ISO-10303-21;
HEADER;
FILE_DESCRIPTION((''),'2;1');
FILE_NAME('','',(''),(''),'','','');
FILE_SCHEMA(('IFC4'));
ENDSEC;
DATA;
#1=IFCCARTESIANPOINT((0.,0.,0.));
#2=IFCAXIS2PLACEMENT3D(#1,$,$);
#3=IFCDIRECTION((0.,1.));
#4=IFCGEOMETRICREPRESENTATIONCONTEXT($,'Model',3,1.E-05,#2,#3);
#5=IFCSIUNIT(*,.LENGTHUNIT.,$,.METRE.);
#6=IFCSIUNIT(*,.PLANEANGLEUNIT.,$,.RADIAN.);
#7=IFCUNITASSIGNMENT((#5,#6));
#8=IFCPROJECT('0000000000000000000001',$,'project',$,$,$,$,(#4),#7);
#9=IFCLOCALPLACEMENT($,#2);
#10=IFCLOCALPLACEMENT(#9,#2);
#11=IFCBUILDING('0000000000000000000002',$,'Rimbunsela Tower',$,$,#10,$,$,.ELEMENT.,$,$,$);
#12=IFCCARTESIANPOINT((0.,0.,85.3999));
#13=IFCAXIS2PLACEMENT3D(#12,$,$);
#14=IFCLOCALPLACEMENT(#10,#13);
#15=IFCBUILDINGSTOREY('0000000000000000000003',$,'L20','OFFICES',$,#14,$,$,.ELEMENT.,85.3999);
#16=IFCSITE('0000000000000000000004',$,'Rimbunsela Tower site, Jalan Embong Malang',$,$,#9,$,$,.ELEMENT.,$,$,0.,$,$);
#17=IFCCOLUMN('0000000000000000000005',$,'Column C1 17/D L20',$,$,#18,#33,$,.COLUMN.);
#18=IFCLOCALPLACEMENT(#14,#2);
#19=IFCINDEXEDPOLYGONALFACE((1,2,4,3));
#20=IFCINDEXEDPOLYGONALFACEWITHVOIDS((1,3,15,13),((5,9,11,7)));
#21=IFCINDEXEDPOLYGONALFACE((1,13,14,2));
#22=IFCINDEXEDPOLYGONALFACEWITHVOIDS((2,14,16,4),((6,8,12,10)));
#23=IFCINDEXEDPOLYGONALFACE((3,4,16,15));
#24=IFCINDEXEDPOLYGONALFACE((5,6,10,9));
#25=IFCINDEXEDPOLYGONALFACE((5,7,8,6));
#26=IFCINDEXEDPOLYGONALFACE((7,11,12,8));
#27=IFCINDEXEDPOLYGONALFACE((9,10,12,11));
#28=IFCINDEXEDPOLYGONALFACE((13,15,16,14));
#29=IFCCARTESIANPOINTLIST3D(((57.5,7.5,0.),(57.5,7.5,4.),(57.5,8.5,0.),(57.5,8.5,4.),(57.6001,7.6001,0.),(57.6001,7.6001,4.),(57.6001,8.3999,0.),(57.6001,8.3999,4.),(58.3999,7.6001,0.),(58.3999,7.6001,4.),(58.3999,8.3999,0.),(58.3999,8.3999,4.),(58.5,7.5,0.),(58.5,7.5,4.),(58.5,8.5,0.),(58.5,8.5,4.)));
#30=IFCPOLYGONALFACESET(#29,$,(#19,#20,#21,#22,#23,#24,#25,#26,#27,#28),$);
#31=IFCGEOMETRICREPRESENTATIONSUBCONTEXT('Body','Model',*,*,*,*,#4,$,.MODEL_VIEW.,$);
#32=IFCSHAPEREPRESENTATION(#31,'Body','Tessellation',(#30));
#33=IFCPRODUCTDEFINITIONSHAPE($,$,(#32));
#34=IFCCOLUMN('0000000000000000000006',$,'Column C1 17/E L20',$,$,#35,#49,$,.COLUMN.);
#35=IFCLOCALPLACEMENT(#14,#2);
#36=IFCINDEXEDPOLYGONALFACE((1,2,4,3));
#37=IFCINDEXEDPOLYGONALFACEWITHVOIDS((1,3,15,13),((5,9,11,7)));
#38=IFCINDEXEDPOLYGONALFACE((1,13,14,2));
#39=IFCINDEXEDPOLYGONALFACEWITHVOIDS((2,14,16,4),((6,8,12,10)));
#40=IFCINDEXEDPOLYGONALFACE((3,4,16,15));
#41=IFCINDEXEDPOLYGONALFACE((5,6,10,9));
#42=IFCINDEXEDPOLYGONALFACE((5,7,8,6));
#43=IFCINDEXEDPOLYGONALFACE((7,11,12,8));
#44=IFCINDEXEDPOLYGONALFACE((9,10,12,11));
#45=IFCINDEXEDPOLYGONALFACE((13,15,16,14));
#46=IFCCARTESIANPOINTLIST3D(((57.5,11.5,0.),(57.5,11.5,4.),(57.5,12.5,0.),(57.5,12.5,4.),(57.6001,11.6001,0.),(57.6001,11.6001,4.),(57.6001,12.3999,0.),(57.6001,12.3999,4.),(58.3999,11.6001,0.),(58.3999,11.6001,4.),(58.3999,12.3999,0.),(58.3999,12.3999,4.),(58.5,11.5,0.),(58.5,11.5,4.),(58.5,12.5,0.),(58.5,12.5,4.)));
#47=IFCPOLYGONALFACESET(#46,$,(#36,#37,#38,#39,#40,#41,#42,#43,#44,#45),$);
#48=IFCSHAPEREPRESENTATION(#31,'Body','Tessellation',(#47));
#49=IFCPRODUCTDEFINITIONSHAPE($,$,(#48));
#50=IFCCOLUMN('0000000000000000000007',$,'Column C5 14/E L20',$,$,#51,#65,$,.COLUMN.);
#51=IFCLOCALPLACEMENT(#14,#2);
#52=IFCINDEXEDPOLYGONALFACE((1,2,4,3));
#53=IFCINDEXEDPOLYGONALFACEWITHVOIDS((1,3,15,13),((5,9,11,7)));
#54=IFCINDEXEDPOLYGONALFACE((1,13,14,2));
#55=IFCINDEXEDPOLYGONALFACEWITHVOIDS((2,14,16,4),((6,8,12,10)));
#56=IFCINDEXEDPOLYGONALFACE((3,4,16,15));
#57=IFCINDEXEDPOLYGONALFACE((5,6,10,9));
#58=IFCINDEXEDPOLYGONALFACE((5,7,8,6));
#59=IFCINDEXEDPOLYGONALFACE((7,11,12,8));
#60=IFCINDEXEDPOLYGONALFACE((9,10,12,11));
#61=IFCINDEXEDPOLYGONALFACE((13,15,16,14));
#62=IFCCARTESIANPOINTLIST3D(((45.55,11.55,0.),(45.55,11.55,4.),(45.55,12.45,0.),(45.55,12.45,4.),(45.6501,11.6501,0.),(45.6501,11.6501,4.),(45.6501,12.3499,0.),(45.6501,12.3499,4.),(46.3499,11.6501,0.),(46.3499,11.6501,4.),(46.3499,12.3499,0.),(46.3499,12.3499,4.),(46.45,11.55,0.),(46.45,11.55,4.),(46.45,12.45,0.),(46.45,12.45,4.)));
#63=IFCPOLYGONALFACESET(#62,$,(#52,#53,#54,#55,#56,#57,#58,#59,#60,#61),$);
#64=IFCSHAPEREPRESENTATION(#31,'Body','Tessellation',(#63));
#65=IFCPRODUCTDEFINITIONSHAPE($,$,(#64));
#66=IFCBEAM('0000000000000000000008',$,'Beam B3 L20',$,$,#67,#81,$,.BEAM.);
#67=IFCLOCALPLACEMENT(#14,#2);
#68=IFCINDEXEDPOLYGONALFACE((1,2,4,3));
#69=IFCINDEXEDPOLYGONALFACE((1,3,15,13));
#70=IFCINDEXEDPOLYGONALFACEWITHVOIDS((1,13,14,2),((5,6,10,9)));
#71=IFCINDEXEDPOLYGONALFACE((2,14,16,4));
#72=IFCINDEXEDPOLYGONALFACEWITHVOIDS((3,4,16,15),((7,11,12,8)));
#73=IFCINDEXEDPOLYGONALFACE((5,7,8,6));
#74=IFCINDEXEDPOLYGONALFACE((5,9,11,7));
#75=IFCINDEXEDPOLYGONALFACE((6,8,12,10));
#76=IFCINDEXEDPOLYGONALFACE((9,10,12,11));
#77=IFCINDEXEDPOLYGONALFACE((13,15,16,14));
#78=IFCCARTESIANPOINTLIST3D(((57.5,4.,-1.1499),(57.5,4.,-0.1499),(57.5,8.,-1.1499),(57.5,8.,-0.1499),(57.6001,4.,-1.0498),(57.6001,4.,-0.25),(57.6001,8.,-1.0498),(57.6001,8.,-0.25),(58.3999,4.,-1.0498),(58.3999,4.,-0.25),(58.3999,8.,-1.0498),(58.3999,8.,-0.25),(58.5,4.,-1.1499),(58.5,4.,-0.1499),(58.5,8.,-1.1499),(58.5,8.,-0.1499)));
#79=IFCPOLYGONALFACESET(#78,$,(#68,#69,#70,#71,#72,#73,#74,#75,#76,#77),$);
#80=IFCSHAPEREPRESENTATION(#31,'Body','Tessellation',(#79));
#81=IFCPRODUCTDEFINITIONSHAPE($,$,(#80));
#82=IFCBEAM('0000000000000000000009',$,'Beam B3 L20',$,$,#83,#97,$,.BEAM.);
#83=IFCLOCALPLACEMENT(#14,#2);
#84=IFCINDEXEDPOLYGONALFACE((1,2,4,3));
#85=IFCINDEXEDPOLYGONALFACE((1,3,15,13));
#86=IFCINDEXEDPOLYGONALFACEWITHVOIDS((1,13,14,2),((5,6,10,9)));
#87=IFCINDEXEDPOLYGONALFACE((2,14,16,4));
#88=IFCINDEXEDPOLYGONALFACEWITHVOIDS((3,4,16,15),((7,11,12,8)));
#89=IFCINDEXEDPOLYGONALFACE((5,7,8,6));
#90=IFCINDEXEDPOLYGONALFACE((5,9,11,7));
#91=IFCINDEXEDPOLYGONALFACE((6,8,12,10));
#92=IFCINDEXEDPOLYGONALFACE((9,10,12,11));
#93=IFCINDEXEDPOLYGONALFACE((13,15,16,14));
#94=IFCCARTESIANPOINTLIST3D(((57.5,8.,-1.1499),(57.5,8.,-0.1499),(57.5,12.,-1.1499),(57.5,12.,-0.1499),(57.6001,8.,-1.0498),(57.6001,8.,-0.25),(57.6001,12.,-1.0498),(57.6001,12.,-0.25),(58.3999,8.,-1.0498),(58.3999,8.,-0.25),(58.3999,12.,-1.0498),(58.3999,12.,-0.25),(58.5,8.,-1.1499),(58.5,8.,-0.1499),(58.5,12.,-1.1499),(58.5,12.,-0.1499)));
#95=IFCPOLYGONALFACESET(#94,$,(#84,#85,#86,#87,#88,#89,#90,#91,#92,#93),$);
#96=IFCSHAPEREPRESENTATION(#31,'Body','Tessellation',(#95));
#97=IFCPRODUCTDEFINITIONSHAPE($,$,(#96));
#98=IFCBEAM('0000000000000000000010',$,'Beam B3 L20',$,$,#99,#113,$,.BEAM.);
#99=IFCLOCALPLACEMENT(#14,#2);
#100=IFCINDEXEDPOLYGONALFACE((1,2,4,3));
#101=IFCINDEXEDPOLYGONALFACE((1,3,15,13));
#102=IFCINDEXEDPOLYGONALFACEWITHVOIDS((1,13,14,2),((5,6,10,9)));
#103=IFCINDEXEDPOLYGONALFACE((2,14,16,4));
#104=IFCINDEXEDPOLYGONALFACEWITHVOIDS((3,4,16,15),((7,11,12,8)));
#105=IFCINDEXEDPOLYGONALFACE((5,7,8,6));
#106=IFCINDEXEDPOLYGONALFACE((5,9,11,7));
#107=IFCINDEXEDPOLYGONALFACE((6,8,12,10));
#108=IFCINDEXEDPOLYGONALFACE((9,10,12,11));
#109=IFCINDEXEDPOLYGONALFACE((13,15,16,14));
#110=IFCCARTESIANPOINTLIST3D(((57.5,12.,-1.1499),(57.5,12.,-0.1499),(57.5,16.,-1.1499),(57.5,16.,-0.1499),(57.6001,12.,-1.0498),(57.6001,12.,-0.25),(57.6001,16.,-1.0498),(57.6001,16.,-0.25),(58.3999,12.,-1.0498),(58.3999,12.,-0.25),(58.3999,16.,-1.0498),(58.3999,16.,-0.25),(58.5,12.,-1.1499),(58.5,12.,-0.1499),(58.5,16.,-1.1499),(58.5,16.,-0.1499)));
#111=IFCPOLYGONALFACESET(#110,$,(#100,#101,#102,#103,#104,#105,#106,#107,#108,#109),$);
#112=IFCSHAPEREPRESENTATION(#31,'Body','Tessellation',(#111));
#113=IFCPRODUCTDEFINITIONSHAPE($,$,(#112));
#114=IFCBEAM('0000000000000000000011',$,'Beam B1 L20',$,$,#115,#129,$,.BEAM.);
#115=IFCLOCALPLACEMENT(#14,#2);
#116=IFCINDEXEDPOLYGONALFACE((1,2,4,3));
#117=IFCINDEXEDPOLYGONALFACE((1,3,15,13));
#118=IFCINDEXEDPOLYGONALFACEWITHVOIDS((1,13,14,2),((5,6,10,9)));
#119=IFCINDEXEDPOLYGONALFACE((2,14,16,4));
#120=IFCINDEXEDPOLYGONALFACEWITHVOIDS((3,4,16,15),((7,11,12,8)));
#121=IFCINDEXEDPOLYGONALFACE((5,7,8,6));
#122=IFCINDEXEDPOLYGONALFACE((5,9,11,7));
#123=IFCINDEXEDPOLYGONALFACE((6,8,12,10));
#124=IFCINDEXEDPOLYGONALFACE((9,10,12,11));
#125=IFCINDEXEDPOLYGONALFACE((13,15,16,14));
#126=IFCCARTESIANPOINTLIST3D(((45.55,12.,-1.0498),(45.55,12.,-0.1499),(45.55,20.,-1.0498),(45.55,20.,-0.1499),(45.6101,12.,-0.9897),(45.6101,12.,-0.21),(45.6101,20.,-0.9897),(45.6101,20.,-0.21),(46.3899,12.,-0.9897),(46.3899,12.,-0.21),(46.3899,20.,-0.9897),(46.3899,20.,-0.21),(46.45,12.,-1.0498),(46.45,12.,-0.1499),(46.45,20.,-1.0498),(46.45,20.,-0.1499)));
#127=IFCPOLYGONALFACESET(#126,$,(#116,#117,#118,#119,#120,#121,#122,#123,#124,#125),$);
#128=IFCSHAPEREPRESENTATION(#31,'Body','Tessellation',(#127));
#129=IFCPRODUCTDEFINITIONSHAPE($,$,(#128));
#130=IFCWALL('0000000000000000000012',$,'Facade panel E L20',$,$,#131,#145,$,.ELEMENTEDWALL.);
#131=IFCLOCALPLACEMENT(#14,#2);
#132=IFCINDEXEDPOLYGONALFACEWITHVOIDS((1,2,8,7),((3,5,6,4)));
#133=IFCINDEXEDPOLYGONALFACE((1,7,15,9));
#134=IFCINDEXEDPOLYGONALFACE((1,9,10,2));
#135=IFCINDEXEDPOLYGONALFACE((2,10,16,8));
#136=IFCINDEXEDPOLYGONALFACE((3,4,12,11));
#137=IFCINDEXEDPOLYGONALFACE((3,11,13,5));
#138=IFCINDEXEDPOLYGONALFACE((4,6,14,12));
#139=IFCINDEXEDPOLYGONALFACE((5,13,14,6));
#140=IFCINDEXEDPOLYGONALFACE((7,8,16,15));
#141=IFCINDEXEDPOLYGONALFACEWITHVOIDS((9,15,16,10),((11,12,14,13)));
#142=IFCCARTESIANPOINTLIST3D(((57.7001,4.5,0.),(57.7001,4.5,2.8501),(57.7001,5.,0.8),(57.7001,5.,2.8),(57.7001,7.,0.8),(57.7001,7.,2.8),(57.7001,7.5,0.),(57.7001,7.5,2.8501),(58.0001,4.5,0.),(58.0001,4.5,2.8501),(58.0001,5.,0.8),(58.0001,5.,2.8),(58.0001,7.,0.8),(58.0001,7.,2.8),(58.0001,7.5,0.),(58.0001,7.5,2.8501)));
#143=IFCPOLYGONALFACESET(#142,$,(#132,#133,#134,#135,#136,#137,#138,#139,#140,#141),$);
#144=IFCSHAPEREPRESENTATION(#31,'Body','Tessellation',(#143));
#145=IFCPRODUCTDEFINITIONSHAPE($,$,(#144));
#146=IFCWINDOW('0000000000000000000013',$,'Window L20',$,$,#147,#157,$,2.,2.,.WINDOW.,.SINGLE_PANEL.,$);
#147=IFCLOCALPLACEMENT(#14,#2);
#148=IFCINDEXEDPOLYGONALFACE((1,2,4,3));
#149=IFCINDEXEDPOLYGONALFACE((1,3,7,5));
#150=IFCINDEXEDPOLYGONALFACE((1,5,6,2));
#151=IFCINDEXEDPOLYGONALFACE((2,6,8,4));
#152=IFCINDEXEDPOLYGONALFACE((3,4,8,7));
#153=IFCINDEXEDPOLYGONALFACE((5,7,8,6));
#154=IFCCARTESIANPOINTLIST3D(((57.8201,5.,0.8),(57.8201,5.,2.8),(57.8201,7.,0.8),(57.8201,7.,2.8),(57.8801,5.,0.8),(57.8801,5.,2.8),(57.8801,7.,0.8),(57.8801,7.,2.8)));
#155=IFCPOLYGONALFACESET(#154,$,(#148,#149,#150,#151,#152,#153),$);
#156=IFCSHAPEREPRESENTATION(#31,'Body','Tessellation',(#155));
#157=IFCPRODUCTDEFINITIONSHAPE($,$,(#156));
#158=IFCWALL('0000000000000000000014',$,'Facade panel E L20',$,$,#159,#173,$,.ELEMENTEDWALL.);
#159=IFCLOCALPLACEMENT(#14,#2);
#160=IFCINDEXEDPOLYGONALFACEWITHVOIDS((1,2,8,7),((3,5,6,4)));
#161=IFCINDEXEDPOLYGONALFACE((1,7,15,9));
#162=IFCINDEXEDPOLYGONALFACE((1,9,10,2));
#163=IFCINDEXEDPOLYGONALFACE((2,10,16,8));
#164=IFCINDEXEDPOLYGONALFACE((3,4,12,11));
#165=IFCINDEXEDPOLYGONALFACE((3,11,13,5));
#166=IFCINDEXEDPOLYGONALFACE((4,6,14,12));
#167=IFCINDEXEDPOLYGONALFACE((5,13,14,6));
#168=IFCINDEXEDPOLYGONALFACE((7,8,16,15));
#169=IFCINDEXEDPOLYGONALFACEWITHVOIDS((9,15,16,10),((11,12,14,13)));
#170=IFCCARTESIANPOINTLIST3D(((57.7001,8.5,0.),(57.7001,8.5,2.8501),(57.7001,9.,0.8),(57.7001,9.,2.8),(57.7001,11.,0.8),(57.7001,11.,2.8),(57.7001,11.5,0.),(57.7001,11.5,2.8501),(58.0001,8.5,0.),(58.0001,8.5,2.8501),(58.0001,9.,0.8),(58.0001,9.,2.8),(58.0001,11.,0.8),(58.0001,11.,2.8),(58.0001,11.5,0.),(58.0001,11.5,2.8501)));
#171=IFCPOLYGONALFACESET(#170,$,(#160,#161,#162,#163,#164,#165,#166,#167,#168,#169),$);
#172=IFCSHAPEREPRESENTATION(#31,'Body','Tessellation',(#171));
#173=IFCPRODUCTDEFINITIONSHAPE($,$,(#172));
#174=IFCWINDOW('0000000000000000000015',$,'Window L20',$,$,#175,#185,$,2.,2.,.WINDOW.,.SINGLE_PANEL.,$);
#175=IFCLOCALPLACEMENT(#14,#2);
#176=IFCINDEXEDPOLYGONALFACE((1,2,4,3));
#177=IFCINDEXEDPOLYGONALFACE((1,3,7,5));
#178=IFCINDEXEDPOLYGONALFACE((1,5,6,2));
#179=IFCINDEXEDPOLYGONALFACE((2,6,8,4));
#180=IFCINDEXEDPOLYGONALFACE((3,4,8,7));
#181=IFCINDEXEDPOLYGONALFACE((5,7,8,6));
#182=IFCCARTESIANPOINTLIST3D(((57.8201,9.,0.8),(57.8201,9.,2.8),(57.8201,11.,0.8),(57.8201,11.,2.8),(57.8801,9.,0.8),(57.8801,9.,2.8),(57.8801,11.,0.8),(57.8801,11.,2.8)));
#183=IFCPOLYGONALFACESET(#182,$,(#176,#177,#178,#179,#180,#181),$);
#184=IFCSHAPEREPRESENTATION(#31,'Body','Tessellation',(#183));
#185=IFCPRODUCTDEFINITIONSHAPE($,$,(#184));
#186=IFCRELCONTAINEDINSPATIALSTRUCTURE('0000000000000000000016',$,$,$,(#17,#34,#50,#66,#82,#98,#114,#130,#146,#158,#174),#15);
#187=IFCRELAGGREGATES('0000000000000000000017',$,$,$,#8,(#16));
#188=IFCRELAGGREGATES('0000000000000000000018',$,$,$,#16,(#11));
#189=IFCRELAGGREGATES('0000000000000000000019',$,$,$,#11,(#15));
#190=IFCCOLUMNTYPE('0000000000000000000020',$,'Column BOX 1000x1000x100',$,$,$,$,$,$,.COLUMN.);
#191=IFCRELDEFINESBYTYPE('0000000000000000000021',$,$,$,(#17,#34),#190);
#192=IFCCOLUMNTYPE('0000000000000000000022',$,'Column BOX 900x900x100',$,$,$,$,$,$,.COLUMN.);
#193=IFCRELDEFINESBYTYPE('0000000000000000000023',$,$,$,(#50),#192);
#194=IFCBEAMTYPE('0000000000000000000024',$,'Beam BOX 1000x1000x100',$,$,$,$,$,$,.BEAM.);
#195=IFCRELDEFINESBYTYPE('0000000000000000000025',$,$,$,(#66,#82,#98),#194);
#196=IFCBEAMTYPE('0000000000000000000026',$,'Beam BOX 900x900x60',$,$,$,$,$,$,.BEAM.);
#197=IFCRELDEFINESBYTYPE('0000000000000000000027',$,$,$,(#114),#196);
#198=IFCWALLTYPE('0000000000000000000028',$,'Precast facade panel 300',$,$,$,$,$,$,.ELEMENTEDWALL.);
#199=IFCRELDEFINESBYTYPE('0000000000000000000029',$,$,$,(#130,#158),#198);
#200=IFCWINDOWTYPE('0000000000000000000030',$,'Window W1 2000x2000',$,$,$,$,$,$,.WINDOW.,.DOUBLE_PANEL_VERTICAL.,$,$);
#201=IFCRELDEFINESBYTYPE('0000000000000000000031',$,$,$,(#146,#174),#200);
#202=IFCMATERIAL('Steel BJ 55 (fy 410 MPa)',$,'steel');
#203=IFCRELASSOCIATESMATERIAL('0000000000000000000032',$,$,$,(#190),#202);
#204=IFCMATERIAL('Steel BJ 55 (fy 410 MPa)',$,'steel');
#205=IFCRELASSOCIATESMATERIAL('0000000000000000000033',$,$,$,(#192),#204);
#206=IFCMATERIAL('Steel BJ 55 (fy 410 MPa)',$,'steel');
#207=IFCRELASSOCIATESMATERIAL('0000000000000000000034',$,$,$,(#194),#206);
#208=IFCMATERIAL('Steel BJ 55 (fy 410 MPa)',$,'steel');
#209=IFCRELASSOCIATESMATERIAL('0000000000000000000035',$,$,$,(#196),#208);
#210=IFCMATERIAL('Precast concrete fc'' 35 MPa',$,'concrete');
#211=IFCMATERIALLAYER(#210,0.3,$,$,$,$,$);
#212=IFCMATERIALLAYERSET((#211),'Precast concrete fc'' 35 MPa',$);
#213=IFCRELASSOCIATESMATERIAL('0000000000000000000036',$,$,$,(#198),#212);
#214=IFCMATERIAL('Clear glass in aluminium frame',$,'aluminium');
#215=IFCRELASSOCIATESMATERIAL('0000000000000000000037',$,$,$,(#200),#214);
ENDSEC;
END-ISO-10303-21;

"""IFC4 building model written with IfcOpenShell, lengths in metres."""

from ifc_helpers import new_model, si_unit, direction, frame, frame_2d, origin, origin_2d, place, context, subcontext, project, spatial, rectangle, hollow_rectangle, extrude, material, layer, layer_set, material_profile, profile_set, type_object, element, fill, save


model = new_model("IFC4")

# Units and contexts
model_context = context("Model", 3, precision=1e-05, world=origin(), true_north=direction((0.0, 1.0)))
body_context = subcontext(model_context, "Body", "Model", "MODEL_VIEW")
ifc_project = project(units=[si_unit("LENGTHUNIT", "METRE"), si_unit("PLANEANGLEUNIT", "RADIAN")], contexts=[model_context])

# Site, building, storey
site_placement = place(None, origin())
site = spatial("IfcSite", under=ifc_project, at=site_placement, Name="Rimbunsela Tower site, Jalan Embong Malang", CompositionType="ELEMENT", RefElevation=0.0)
building_placement = place(site_placement, origin())
building = spatial("IfcBuilding", under=site, at=building_placement, Name="Rimbunsela Tower", CompositionType="ELEMENT")
storey_placement = place(building_placement, frame((0.0, 0.0, 85.3999)))
storey = spatial("IfcBuildingStorey", under=building, at=storey_placement, Name="L20", Description="OFFICES", CompositionType="ELEMENT", Elevation=85.3999)

# Columns
ifc_material_1 = material(Name="Steel BJ 55 (fy 410 MPa)", Category="steel")
ifc_material_profile_1 = material_profile(ifc_material_1, hollow_rectangle(XDim=1.0, YDim=1.0, WallThickness=0.1001, at=origin_2d()), Name="BOX 1000x1000x100")
ifc_profile_set_1 = profile_set([ifc_material_profile_1], Name="Steel BJ 55 (fy 410 MPa)")
column_type_1 = type_object("IfcColumnType", Name="Column BOX 1000x1000x100", PredefinedType="COLUMN", material=ifc_profile_set_1)
for number, where, z_axis, x_axis, name in (
    (1, (58.0, 8.0, 0.0), (0.0, 0.0, 1.0), (1.0, 0.0, 0.0), "Column C1 17/D L20"),
    (2, (58.0, 12.0, 0.0), (0.0, 0.0, 1.0), (1.0, 0.0, 0.0), "Column C1 17/E L20"),
):
    element("IfcColumn", number, at=place(storey_placement, frame(where, z_axis=z_axis, x_axis=x_axis)), inside=storey, type_object=column_type_1, Name=name, PredefinedType="COLUMN", context=body_context, shape_type="SweptSolid", body=[
        extrude(hollow_rectangle(XDim=1.0, YDim=1.0, WallThickness=0.1001, at=origin_2d()), origin(), (0.0, 0.0, 1.0), 4.0),
    ])
ifc_material_2 = material(Name="Steel BJ 55 (fy 410 MPa)", Category="steel")
ifc_material_profile_2 = material_profile(ifc_material_2, hollow_rectangle(XDim=0.8999, YDim=0.8999, WallThickness=0.1001, at=origin_2d()), Name="BOX 900x900x100")
ifc_profile_set_2 = profile_set([ifc_material_profile_2], Name="Steel BJ 55 (fy 410 MPa)")
column_type_2 = type_object("IfcColumnType", Name="Column BOX 900x900x100", PredefinedType="COLUMN", material=ifc_profile_set_2)
column_placement = place(storey_placement, frame((46.0, 12.0, 0.0), z_axis=(0.0, 0.0, 1.0), x_axis=(1.0, 0.0, 0.0)))
element("IfcColumn", 3, at=column_placement, inside=storey, type_object=column_type_2, Name="Column C5 14/E L20", PredefinedType="COLUMN", context=body_context, shape_type="SweptSolid", body=[
    extrude(hollow_rectangle(XDim=0.8999, YDim=0.8999, WallThickness=0.1001, at=origin_2d()), origin(), (0.0, 0.0, 1.0), 4.0),
])

# Beams
ifc_material_3 = material(Name="Steel BJ 55 (fy 410 MPa)", Category="steel")
ifc_material_profile_3 = material_profile(ifc_material_3, hollow_rectangle(XDim=1.0, YDim=1.0, WallThickness=0.1001, at=origin_2d()), Name="BOX 1000x1000x100")
ifc_profile_set_3 = profile_set([ifc_material_profile_3], Name="Steel BJ 55 (fy 410 MPa)")
beam_type_1 = type_object("IfcBeamType", Name="Beam BOX 1000x1000x100", PredefinedType="BEAM", material=ifc_profile_set_3)
for number, where, z_axis, x_axis, name in (
    (4, (58.0, 4.0, -0.6499), (0.0, 1.0, 0.0), (-1.0, 0.0, 0.0), "Beam B3 L20"),
    (5, (58.0, 8.0, -0.6499), (0.0, 1.0, 0.0), (-1.0, 0.0, 0.0), "Beam B3 L20"),
    (6, (58.0, 12.0, -0.6499), (0.0, 1.0, 0.0), (-1.0, 0.0, 0.0), "Beam B3 L20"),
):
    element("IfcBeam", number, at=place(storey_placement, frame(where, z_axis=z_axis, x_axis=x_axis)), inside=storey, type_object=beam_type_1, Name=name, PredefinedType="BEAM", context=body_context, shape_type="SweptSolid", body=[
        extrude(hollow_rectangle(XDim=1.0, YDim=1.0, WallThickness=0.1001, at=origin_2d()), origin(), (0.0, 0.0, 1.0), 4.0),
    ])
ifc_material_4 = material(Name="Steel BJ 55 (fy 410 MPa)", Category="steel")
ifc_material_profile_4 = material_profile(ifc_material_4, hollow_rectangle(XDim=0.8999, YDim=0.8999, WallThickness=0.0601, at=origin_2d()), Name="BOX 900x900x60")
ifc_profile_set_4 = profile_set([ifc_material_profile_4], Name="Steel BJ 55 (fy 410 MPa)")
beam_type_2 = type_object("IfcBeamType", Name="Beam BOX 900x900x60", PredefinedType="BEAM", material=ifc_profile_set_4)
beam_placement = place(storey_placement, frame((46.0, 12.0, -0.5999), z_axis=(0.0, 1.0, 0.0), x_axis=(-1.0, 0.0, 0.0)))
element("IfcBeam", 7, at=beam_placement, inside=storey, type_object=beam_type_2, Name="Beam B1 L20", PredefinedType="BEAM", context=body_context, shape_type="SweptSolid", body=[
    extrude(hollow_rectangle(XDim=0.8999, YDim=0.8999, WallThickness=0.0601, at=origin_2d()), origin(), (0.0, 0.0, 1.0), 8.0),
])

# Walls, openings, windows
ifc_material_5 = material(Name="Precast concrete fc' 35 MPa", Category="concrete")
ifc_layer_1 = layer(ifc_material_5, 0.3)
ifc_layer_set_1 = layer_set([ifc_layer_1], Name="Precast concrete fc' 35 MPa")
wall_type = type_object("IfcWallType", Name="Precast facade panel 300", PredefinedType="ELEMENTEDWALL", material=ifc_layer_set_1)
wall_1_placement = place(storey_placement, frame((57.8501, 4.5, 0.0), z_axis=(0.0, 0.0, 1.0), x_axis=(0.0, 1.0, 0.0)))
wall_1 = element("IfcWall", 8, at=wall_1_placement, inside=storey, type_object=wall_type, Name="Facade panel E L20", PredefinedType="ELEMENTEDWALL", context=body_context, shape_type="SweptSolid", body=[
    extrude(rectangle(XDim=3.0, YDim=0.3, at=frame_2d((1.5, 0.0))), origin(), (0.0, 0.0, 1.0), 2.8501),
])
opening_1_placement = place(wall_1_placement, frame((0.5, 0.0, 0.8)))
opening_1 = element("IfcOpeningElement", 9, at=opening_1_placement, cuts=wall_1, PredefinedType="OPENING", context=body_context, shape_type="SweptSolid", body=[
    extrude(rectangle(XDim=2.0, YDim=2.0, at=frame_2d((1.0, 1.0))), frame((0.0, 0.1599, 0.0), z_axis=(0.0, -1.0, 0.0), x_axis=(1.0, 0.0, 0.0)), (0.0, 0.0, 1.0), 0.3201),
])
ifc_material_6 = material(Name="Clear glass in aluminium frame", Category="aluminium")
window_type = type_object("IfcWindowType", Name="Window W1 2000x2000", PartitioningType="DOUBLE_PANEL_VERTICAL", PredefinedType="WINDOW", material=ifc_material_6)
window_1_placement = place(opening_1_placement, origin())
window_1 = element("IfcWindow", 10, at=window_1_placement, inside=storey, type_object=window_type, Name="Window L20", OverallHeight=2.0, OverallWidth=2.0, PartitioningType="SINGLE_PANEL", PredefinedType="WINDOW", context=body_context, shape_type="SweptSolid", body=[
    extrude(rectangle(XDim=2.0, YDim=2.0, at=frame_2d((1.0, 1.0))), frame((0.0, 0.03, 0.0), z_axis=(0.0, -1.0, 0.0), x_axis=(1.0, 0.0, 0.0)), (0.0, 0.0, 1.0), 0.0601),
])
fill(opening_1, window_1)
wall_2_placement = place(storey_placement, frame((57.8501, 8.5, 0.0), z_axis=(0.0, 0.0, 1.0), x_axis=(0.0, 1.0, 0.0)))
wall_2 = element("IfcWall", 11, at=wall_2_placement, inside=storey, type_object=wall_type, Name="Facade panel E L20", PredefinedType="ELEMENTEDWALL", context=body_context, shape_type="SweptSolid", body=[
    extrude(rectangle(XDim=3.0, YDim=0.3, at=frame_2d((1.5, 0.0))), origin(), (0.0, 0.0, 1.0), 2.8501),
])
opening_2_placement = place(wall_2_placement, frame((0.5, 0.0, 0.8)))
opening_2 = element("IfcOpeningElement", 12, at=opening_2_placement, cuts=wall_2, PredefinedType="OPENING", context=body_context, shape_type="SweptSolid", body=[
    extrude(rectangle(XDim=2.0, YDim=2.0, at=frame_2d((1.0, 1.0))), frame((0.0, 0.1599, 0.0), z_axis=(0.0, -1.0, 0.0), x_axis=(1.0, 0.0, 0.0)), (0.0, 0.0, 1.0), 0.3201),
])
window_2_placement = place(opening_2_placement, origin())
window_2 = element("IfcWindow", 13, at=window_2_placement, inside=storey, type_object=window_type, Name="Window L20", OverallHeight=2.0, OverallWidth=2.0, PartitioningType="SINGLE_PANEL", PredefinedType="WINDOW", context=body_context, shape_type="SweptSolid", body=[
    extrude(rectangle(XDim=2.0, YDim=2.0, at=frame_2d((1.0, 1.0))), frame((0.0, 0.03, 0.0), z_axis=(0.0, -1.0, 0.0), x_axis=(1.0, 0.0, 0.0)), (0.0, 0.0, 1.0), 0.0601),
])
fill(opening_2, window_2)

save(model, "model.ifc")
